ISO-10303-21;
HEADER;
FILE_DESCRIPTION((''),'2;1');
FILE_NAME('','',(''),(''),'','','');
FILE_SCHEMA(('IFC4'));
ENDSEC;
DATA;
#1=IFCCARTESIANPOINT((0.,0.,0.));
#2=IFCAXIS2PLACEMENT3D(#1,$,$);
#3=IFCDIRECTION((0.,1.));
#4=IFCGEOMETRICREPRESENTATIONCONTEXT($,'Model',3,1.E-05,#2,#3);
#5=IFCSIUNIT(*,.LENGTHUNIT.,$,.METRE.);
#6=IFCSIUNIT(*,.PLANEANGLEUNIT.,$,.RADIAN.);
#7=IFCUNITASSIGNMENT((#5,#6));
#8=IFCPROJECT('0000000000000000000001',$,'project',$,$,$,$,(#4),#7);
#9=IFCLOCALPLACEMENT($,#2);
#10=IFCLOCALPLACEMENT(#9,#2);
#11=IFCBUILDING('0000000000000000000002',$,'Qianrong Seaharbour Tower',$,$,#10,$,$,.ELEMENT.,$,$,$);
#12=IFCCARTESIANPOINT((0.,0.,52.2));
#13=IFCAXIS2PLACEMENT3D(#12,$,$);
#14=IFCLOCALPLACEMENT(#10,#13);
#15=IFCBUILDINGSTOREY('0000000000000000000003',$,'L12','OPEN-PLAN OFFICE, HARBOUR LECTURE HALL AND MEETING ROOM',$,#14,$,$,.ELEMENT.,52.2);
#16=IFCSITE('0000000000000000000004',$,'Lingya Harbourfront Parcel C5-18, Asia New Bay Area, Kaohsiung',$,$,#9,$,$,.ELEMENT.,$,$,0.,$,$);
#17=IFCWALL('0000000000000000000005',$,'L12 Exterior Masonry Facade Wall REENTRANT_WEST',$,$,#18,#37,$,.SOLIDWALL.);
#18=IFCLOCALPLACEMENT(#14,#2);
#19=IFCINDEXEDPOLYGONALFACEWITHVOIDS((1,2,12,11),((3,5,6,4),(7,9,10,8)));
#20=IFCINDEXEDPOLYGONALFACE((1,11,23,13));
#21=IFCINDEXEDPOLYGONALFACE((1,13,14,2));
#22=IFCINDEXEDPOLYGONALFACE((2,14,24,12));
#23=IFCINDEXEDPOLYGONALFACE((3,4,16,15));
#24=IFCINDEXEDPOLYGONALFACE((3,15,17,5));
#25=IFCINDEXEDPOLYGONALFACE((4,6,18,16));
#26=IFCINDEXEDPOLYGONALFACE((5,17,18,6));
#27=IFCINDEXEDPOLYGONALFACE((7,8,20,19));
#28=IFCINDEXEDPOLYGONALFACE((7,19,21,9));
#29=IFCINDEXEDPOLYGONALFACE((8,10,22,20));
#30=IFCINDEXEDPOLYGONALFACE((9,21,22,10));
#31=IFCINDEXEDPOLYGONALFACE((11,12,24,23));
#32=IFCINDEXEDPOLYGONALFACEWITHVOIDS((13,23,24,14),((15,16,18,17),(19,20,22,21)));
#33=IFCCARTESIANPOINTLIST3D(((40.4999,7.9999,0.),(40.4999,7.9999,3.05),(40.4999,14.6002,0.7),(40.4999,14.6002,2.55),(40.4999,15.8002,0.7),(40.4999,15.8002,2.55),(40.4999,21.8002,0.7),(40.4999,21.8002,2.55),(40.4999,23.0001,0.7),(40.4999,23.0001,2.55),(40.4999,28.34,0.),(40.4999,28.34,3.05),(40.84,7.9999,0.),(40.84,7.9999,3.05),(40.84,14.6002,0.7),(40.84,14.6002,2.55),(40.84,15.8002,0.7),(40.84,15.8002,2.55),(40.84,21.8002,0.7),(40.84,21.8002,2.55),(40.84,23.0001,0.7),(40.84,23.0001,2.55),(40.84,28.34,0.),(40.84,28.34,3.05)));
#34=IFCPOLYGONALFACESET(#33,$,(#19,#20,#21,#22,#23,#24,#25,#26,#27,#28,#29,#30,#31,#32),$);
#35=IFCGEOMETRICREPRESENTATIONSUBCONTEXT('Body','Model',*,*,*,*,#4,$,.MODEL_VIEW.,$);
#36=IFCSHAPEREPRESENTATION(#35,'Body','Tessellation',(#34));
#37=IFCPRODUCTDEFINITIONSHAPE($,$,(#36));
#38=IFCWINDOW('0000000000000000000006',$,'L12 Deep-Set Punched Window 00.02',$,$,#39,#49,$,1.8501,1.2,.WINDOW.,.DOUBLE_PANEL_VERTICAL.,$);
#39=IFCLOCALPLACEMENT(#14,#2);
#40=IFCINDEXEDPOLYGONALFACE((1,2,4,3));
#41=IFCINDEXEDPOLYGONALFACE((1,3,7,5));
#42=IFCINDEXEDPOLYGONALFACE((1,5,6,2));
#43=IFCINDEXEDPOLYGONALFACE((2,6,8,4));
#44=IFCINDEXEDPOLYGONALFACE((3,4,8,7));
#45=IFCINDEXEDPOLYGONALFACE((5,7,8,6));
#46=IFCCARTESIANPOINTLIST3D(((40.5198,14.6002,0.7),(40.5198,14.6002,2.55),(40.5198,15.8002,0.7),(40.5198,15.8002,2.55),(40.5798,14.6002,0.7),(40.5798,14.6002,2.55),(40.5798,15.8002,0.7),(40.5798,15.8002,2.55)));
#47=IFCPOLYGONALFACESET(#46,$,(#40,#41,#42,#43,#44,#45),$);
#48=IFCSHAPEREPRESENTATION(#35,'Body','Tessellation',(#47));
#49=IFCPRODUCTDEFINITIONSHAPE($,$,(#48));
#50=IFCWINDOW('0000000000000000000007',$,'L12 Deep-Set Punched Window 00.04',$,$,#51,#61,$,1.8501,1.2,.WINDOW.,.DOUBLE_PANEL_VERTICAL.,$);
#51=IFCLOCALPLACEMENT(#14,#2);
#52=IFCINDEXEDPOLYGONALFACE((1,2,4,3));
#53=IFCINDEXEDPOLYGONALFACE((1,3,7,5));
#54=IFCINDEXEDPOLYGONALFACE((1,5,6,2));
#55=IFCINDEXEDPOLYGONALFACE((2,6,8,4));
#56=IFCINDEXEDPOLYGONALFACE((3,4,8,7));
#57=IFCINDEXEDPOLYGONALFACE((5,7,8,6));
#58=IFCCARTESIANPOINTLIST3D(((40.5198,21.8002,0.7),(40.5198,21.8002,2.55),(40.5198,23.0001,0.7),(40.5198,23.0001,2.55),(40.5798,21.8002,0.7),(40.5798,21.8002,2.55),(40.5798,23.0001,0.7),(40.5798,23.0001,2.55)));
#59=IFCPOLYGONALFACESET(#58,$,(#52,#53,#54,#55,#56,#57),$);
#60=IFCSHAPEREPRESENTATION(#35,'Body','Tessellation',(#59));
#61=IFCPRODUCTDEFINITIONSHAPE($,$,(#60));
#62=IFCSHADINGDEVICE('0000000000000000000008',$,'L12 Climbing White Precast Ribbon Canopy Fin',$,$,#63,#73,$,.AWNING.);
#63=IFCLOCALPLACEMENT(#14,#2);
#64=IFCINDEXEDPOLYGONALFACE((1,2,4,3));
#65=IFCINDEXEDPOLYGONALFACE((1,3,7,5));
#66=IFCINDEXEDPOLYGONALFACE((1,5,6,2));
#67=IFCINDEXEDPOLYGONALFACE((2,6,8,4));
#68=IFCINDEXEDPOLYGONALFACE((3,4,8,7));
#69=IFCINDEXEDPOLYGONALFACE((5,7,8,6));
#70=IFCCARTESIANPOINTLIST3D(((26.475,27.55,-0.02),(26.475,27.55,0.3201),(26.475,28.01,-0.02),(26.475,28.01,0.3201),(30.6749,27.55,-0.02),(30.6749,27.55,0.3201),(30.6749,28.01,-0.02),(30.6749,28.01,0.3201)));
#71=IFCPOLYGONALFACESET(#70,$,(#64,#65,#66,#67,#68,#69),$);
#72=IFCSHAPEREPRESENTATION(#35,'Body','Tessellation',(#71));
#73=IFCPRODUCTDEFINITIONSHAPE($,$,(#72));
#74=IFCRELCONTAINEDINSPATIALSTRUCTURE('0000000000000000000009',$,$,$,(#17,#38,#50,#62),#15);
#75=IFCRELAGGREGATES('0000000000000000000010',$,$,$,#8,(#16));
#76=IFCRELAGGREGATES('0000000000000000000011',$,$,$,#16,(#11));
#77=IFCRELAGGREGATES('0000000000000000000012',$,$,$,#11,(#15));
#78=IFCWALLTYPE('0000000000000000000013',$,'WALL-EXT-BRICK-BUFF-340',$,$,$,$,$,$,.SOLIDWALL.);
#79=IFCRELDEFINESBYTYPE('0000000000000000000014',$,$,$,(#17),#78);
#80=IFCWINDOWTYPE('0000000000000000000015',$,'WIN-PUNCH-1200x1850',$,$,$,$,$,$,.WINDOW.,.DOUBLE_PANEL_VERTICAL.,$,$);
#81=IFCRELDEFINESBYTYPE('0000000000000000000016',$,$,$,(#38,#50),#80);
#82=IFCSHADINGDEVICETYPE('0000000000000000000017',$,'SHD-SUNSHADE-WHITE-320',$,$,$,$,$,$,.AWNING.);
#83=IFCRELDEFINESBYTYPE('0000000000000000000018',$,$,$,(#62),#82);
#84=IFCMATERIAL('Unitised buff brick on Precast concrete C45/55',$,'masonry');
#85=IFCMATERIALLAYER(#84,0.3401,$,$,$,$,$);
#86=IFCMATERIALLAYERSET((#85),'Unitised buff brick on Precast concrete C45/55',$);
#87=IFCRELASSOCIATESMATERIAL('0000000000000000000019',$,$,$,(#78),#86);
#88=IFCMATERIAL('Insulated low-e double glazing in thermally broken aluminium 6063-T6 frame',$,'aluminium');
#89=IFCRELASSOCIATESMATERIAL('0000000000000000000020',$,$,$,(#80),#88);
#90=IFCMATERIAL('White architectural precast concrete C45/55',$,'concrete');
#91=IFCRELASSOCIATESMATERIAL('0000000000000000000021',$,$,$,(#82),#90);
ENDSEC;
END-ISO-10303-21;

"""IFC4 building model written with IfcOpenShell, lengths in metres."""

from ifc_helpers import new_model, si_unit, direction, frame, frame_2d, origin, origin_2d, place, context, subcontext, project, spatial, rectangle, extrude, material, layer, layer_set, type_object, element, fill, save


model = new_model("IFC4")

# Units and contexts
model_context = context("Model", 3, precision=1e-05, world=origin(), true_north=direction((0.0, 1.0)))
body_context = subcontext(model_context, "Body", "Model", "MODEL_VIEW")
ifc_project = project(units=[si_unit("LENGTHUNIT", "METRE"), si_unit("PLANEANGLEUNIT", "RADIAN")], contexts=[model_context])

# Site, building, storey
site_placement = place(None, origin())
site = spatial("IfcSite", under=ifc_project, at=site_placement, Name="Lingya Harbourfront Parcel C5-18, Asia New Bay Area, Kaohsiung", CompositionType="ELEMENT", RefElevation=0.0)
building_placement = place(site_placement, origin())
building = spatial("IfcBuilding", under=site, at=building_placement, Name="Qianrong Seaharbour Tower", CompositionType="ELEMENT")
storey_placement = place(building_placement, frame((0.0, 0.0, 52.2)))
storey = spatial("IfcBuildingStorey", under=building, at=storey_placement, Name="L12", Description="OPEN-PLAN OFFICE, HARBOUR LECTURE HALL AND MEETING ROOM", CompositionType="ELEMENT", Elevation=52.2)

# Wall, openings, windows
ifc_material_1 = material(Name="Unitised buff brick on Precast concrete C45/55", Category="masonry")
ifc_layer = layer(ifc_material_1, 0.3401)
ifc_layer_set = layer_set([ifc_layer], Name="Unitised buff brick on Precast concrete C45/55")
wall_type = type_object("IfcWallType", Name="WALL-EXT-BRICK-BUFF-340", PredefinedType="SOLIDWALL", material=ifc_layer_set)
wall_placement = place(storey_placement, frame((40.6699, 8.0, 0.0), z_axis=(0.0, 0.0, 1.0), x_axis=(0.0, 1.0, 0.0)))
wall = element("IfcWall", 1, at=wall_placement, inside=storey, type_object=wall_type, Name="L12 Exterior Masonry Facade Wall REENTRANT_WEST", PredefinedType="SOLIDWALL", context=body_context, shape_type="SweptSolid", body=[
    extrude(rectangle(XDim=20.3401, YDim=0.3401, at=frame_2d((10.1699, 0.0))), origin(), (0.0, 0.0, 1.0), 3.05),
])
opening_1_placement = place(wall_placement, frame((6.6001, 0.0, 0.7)))
opening_1 = element("IfcOpeningElement", 2, at=opening_1_placement, cuts=wall, PredefinedType="OPENING", context=body_context, shape_type="SweptSolid", body=[
    extrude(rectangle(XDim=1.2, YDim=1.8501, at=frame_2d((0.6001, 0.925))), frame((0.0, 0.1802, 0.0), z_axis=(0.0, -1.0, 0.0), x_axis=(1.0, 0.0, 0.0)), (0.0, 0.0, 1.0), 0.3601),
])
opening_2_placement = place(wall_placement, frame((13.8, 0.0, 0.7)))
opening_2 = element("IfcOpeningElement", 3, at=opening_2_placement, cuts=wall, PredefinedType="OPENING", context=body_context, shape_type="SweptSolid", body=[
    extrude(rectangle(XDim=1.2, YDim=1.8501, at=frame_2d((0.6001, 0.925))), frame((0.0, 0.1802, 0.0), z_axis=(0.0, -1.0, 0.0), x_axis=(1.0, 0.0, 0.0)), (0.0, 0.0, 1.0), 0.3601),
])
ifc_material_2 = material(Name="Insulated low-e double glazing in thermally broken aluminium 6063-T6 frame", Category="aluminium")
window_type = type_object("IfcWindowType", Name="WIN-PUNCH-1200x1850", PartitioningType="DOUBLE_PANEL_VERTICAL", PredefinedType="WINDOW", material=ifc_material_2)
window_1_placement = place(opening_1_placement, origin())
window_1 = element("IfcWindow", 4, at=window_1_placement, inside=storey, type_object=window_type, Name="L12 Deep-Set Punched Window 00.02", OverallHeight=1.8501, OverallWidth=1.2, PartitioningType="DOUBLE_PANEL_VERTICAL", PredefinedType="WINDOW", context=body_context, shape_type="SweptSolid", body=[
    extrude(rectangle(XDim=1.2, YDim=1.8501, at=frame_2d((0.6001, 0.925))), frame((0.0, 0.1501, 0.0), z_axis=(0.0, -1.0, 0.0), x_axis=(1.0, 0.0, 0.0)), (0.0, 0.0, 1.0), 0.0601),
])
fill(opening_1, window_1)
window_2_placement = place(opening_2_placement, origin())
window_2 = element("IfcWindow", 5, at=window_2_placement, inside=storey, type_object=window_type, Name="L12 Deep-Set Punched Window 00.04", OverallHeight=1.8501, OverallWidth=1.2, PartitioningType="DOUBLE_PANEL_VERTICAL", PredefinedType="WINDOW", context=body_context, shape_type="SweptSolid", body=[
    extrude(rectangle(XDim=1.2, YDim=1.8501, at=frame_2d((0.6001, 0.925))), frame((0.0, 0.1501, 0.0), z_axis=(0.0, -1.0, 0.0), x_axis=(1.0, 0.0, 0.0)), (0.0, 0.0, 1.0), 0.0601),
])
fill(opening_2, window_2)

# Shading device
ifc_material_3 = material(Name="White architectural precast concrete C45/55", Category="concrete")
shading_device_type = type_object("IfcShadingDeviceType", Name="SHD-SUNSHADE-WHITE-320", PredefinedType="AWNING", material=ifc_material_3)
shading_device_placement = place(storey_placement, frame((28.575, 27.78, -0.02), z_axis=(0.0, 0.0, 1.0), x_axis=(1.0, 0.0, 0.0)))
element("IfcShadingDevice", 6, at=shading_device_placement, inside=storey, type_object=shading_device_type, Name="L12 Climbing White Precast Ribbon Canopy Fin", PredefinedType="AWNING", context=body_context, shape_type="SweptSolid", body=[
    extrude(rectangle(XDim=4.2, YDim=0.46, at=origin_2d()), origin(), (0.0, 0.0, 1.0), 0.3401),
])

save(model, "model.ifc")
